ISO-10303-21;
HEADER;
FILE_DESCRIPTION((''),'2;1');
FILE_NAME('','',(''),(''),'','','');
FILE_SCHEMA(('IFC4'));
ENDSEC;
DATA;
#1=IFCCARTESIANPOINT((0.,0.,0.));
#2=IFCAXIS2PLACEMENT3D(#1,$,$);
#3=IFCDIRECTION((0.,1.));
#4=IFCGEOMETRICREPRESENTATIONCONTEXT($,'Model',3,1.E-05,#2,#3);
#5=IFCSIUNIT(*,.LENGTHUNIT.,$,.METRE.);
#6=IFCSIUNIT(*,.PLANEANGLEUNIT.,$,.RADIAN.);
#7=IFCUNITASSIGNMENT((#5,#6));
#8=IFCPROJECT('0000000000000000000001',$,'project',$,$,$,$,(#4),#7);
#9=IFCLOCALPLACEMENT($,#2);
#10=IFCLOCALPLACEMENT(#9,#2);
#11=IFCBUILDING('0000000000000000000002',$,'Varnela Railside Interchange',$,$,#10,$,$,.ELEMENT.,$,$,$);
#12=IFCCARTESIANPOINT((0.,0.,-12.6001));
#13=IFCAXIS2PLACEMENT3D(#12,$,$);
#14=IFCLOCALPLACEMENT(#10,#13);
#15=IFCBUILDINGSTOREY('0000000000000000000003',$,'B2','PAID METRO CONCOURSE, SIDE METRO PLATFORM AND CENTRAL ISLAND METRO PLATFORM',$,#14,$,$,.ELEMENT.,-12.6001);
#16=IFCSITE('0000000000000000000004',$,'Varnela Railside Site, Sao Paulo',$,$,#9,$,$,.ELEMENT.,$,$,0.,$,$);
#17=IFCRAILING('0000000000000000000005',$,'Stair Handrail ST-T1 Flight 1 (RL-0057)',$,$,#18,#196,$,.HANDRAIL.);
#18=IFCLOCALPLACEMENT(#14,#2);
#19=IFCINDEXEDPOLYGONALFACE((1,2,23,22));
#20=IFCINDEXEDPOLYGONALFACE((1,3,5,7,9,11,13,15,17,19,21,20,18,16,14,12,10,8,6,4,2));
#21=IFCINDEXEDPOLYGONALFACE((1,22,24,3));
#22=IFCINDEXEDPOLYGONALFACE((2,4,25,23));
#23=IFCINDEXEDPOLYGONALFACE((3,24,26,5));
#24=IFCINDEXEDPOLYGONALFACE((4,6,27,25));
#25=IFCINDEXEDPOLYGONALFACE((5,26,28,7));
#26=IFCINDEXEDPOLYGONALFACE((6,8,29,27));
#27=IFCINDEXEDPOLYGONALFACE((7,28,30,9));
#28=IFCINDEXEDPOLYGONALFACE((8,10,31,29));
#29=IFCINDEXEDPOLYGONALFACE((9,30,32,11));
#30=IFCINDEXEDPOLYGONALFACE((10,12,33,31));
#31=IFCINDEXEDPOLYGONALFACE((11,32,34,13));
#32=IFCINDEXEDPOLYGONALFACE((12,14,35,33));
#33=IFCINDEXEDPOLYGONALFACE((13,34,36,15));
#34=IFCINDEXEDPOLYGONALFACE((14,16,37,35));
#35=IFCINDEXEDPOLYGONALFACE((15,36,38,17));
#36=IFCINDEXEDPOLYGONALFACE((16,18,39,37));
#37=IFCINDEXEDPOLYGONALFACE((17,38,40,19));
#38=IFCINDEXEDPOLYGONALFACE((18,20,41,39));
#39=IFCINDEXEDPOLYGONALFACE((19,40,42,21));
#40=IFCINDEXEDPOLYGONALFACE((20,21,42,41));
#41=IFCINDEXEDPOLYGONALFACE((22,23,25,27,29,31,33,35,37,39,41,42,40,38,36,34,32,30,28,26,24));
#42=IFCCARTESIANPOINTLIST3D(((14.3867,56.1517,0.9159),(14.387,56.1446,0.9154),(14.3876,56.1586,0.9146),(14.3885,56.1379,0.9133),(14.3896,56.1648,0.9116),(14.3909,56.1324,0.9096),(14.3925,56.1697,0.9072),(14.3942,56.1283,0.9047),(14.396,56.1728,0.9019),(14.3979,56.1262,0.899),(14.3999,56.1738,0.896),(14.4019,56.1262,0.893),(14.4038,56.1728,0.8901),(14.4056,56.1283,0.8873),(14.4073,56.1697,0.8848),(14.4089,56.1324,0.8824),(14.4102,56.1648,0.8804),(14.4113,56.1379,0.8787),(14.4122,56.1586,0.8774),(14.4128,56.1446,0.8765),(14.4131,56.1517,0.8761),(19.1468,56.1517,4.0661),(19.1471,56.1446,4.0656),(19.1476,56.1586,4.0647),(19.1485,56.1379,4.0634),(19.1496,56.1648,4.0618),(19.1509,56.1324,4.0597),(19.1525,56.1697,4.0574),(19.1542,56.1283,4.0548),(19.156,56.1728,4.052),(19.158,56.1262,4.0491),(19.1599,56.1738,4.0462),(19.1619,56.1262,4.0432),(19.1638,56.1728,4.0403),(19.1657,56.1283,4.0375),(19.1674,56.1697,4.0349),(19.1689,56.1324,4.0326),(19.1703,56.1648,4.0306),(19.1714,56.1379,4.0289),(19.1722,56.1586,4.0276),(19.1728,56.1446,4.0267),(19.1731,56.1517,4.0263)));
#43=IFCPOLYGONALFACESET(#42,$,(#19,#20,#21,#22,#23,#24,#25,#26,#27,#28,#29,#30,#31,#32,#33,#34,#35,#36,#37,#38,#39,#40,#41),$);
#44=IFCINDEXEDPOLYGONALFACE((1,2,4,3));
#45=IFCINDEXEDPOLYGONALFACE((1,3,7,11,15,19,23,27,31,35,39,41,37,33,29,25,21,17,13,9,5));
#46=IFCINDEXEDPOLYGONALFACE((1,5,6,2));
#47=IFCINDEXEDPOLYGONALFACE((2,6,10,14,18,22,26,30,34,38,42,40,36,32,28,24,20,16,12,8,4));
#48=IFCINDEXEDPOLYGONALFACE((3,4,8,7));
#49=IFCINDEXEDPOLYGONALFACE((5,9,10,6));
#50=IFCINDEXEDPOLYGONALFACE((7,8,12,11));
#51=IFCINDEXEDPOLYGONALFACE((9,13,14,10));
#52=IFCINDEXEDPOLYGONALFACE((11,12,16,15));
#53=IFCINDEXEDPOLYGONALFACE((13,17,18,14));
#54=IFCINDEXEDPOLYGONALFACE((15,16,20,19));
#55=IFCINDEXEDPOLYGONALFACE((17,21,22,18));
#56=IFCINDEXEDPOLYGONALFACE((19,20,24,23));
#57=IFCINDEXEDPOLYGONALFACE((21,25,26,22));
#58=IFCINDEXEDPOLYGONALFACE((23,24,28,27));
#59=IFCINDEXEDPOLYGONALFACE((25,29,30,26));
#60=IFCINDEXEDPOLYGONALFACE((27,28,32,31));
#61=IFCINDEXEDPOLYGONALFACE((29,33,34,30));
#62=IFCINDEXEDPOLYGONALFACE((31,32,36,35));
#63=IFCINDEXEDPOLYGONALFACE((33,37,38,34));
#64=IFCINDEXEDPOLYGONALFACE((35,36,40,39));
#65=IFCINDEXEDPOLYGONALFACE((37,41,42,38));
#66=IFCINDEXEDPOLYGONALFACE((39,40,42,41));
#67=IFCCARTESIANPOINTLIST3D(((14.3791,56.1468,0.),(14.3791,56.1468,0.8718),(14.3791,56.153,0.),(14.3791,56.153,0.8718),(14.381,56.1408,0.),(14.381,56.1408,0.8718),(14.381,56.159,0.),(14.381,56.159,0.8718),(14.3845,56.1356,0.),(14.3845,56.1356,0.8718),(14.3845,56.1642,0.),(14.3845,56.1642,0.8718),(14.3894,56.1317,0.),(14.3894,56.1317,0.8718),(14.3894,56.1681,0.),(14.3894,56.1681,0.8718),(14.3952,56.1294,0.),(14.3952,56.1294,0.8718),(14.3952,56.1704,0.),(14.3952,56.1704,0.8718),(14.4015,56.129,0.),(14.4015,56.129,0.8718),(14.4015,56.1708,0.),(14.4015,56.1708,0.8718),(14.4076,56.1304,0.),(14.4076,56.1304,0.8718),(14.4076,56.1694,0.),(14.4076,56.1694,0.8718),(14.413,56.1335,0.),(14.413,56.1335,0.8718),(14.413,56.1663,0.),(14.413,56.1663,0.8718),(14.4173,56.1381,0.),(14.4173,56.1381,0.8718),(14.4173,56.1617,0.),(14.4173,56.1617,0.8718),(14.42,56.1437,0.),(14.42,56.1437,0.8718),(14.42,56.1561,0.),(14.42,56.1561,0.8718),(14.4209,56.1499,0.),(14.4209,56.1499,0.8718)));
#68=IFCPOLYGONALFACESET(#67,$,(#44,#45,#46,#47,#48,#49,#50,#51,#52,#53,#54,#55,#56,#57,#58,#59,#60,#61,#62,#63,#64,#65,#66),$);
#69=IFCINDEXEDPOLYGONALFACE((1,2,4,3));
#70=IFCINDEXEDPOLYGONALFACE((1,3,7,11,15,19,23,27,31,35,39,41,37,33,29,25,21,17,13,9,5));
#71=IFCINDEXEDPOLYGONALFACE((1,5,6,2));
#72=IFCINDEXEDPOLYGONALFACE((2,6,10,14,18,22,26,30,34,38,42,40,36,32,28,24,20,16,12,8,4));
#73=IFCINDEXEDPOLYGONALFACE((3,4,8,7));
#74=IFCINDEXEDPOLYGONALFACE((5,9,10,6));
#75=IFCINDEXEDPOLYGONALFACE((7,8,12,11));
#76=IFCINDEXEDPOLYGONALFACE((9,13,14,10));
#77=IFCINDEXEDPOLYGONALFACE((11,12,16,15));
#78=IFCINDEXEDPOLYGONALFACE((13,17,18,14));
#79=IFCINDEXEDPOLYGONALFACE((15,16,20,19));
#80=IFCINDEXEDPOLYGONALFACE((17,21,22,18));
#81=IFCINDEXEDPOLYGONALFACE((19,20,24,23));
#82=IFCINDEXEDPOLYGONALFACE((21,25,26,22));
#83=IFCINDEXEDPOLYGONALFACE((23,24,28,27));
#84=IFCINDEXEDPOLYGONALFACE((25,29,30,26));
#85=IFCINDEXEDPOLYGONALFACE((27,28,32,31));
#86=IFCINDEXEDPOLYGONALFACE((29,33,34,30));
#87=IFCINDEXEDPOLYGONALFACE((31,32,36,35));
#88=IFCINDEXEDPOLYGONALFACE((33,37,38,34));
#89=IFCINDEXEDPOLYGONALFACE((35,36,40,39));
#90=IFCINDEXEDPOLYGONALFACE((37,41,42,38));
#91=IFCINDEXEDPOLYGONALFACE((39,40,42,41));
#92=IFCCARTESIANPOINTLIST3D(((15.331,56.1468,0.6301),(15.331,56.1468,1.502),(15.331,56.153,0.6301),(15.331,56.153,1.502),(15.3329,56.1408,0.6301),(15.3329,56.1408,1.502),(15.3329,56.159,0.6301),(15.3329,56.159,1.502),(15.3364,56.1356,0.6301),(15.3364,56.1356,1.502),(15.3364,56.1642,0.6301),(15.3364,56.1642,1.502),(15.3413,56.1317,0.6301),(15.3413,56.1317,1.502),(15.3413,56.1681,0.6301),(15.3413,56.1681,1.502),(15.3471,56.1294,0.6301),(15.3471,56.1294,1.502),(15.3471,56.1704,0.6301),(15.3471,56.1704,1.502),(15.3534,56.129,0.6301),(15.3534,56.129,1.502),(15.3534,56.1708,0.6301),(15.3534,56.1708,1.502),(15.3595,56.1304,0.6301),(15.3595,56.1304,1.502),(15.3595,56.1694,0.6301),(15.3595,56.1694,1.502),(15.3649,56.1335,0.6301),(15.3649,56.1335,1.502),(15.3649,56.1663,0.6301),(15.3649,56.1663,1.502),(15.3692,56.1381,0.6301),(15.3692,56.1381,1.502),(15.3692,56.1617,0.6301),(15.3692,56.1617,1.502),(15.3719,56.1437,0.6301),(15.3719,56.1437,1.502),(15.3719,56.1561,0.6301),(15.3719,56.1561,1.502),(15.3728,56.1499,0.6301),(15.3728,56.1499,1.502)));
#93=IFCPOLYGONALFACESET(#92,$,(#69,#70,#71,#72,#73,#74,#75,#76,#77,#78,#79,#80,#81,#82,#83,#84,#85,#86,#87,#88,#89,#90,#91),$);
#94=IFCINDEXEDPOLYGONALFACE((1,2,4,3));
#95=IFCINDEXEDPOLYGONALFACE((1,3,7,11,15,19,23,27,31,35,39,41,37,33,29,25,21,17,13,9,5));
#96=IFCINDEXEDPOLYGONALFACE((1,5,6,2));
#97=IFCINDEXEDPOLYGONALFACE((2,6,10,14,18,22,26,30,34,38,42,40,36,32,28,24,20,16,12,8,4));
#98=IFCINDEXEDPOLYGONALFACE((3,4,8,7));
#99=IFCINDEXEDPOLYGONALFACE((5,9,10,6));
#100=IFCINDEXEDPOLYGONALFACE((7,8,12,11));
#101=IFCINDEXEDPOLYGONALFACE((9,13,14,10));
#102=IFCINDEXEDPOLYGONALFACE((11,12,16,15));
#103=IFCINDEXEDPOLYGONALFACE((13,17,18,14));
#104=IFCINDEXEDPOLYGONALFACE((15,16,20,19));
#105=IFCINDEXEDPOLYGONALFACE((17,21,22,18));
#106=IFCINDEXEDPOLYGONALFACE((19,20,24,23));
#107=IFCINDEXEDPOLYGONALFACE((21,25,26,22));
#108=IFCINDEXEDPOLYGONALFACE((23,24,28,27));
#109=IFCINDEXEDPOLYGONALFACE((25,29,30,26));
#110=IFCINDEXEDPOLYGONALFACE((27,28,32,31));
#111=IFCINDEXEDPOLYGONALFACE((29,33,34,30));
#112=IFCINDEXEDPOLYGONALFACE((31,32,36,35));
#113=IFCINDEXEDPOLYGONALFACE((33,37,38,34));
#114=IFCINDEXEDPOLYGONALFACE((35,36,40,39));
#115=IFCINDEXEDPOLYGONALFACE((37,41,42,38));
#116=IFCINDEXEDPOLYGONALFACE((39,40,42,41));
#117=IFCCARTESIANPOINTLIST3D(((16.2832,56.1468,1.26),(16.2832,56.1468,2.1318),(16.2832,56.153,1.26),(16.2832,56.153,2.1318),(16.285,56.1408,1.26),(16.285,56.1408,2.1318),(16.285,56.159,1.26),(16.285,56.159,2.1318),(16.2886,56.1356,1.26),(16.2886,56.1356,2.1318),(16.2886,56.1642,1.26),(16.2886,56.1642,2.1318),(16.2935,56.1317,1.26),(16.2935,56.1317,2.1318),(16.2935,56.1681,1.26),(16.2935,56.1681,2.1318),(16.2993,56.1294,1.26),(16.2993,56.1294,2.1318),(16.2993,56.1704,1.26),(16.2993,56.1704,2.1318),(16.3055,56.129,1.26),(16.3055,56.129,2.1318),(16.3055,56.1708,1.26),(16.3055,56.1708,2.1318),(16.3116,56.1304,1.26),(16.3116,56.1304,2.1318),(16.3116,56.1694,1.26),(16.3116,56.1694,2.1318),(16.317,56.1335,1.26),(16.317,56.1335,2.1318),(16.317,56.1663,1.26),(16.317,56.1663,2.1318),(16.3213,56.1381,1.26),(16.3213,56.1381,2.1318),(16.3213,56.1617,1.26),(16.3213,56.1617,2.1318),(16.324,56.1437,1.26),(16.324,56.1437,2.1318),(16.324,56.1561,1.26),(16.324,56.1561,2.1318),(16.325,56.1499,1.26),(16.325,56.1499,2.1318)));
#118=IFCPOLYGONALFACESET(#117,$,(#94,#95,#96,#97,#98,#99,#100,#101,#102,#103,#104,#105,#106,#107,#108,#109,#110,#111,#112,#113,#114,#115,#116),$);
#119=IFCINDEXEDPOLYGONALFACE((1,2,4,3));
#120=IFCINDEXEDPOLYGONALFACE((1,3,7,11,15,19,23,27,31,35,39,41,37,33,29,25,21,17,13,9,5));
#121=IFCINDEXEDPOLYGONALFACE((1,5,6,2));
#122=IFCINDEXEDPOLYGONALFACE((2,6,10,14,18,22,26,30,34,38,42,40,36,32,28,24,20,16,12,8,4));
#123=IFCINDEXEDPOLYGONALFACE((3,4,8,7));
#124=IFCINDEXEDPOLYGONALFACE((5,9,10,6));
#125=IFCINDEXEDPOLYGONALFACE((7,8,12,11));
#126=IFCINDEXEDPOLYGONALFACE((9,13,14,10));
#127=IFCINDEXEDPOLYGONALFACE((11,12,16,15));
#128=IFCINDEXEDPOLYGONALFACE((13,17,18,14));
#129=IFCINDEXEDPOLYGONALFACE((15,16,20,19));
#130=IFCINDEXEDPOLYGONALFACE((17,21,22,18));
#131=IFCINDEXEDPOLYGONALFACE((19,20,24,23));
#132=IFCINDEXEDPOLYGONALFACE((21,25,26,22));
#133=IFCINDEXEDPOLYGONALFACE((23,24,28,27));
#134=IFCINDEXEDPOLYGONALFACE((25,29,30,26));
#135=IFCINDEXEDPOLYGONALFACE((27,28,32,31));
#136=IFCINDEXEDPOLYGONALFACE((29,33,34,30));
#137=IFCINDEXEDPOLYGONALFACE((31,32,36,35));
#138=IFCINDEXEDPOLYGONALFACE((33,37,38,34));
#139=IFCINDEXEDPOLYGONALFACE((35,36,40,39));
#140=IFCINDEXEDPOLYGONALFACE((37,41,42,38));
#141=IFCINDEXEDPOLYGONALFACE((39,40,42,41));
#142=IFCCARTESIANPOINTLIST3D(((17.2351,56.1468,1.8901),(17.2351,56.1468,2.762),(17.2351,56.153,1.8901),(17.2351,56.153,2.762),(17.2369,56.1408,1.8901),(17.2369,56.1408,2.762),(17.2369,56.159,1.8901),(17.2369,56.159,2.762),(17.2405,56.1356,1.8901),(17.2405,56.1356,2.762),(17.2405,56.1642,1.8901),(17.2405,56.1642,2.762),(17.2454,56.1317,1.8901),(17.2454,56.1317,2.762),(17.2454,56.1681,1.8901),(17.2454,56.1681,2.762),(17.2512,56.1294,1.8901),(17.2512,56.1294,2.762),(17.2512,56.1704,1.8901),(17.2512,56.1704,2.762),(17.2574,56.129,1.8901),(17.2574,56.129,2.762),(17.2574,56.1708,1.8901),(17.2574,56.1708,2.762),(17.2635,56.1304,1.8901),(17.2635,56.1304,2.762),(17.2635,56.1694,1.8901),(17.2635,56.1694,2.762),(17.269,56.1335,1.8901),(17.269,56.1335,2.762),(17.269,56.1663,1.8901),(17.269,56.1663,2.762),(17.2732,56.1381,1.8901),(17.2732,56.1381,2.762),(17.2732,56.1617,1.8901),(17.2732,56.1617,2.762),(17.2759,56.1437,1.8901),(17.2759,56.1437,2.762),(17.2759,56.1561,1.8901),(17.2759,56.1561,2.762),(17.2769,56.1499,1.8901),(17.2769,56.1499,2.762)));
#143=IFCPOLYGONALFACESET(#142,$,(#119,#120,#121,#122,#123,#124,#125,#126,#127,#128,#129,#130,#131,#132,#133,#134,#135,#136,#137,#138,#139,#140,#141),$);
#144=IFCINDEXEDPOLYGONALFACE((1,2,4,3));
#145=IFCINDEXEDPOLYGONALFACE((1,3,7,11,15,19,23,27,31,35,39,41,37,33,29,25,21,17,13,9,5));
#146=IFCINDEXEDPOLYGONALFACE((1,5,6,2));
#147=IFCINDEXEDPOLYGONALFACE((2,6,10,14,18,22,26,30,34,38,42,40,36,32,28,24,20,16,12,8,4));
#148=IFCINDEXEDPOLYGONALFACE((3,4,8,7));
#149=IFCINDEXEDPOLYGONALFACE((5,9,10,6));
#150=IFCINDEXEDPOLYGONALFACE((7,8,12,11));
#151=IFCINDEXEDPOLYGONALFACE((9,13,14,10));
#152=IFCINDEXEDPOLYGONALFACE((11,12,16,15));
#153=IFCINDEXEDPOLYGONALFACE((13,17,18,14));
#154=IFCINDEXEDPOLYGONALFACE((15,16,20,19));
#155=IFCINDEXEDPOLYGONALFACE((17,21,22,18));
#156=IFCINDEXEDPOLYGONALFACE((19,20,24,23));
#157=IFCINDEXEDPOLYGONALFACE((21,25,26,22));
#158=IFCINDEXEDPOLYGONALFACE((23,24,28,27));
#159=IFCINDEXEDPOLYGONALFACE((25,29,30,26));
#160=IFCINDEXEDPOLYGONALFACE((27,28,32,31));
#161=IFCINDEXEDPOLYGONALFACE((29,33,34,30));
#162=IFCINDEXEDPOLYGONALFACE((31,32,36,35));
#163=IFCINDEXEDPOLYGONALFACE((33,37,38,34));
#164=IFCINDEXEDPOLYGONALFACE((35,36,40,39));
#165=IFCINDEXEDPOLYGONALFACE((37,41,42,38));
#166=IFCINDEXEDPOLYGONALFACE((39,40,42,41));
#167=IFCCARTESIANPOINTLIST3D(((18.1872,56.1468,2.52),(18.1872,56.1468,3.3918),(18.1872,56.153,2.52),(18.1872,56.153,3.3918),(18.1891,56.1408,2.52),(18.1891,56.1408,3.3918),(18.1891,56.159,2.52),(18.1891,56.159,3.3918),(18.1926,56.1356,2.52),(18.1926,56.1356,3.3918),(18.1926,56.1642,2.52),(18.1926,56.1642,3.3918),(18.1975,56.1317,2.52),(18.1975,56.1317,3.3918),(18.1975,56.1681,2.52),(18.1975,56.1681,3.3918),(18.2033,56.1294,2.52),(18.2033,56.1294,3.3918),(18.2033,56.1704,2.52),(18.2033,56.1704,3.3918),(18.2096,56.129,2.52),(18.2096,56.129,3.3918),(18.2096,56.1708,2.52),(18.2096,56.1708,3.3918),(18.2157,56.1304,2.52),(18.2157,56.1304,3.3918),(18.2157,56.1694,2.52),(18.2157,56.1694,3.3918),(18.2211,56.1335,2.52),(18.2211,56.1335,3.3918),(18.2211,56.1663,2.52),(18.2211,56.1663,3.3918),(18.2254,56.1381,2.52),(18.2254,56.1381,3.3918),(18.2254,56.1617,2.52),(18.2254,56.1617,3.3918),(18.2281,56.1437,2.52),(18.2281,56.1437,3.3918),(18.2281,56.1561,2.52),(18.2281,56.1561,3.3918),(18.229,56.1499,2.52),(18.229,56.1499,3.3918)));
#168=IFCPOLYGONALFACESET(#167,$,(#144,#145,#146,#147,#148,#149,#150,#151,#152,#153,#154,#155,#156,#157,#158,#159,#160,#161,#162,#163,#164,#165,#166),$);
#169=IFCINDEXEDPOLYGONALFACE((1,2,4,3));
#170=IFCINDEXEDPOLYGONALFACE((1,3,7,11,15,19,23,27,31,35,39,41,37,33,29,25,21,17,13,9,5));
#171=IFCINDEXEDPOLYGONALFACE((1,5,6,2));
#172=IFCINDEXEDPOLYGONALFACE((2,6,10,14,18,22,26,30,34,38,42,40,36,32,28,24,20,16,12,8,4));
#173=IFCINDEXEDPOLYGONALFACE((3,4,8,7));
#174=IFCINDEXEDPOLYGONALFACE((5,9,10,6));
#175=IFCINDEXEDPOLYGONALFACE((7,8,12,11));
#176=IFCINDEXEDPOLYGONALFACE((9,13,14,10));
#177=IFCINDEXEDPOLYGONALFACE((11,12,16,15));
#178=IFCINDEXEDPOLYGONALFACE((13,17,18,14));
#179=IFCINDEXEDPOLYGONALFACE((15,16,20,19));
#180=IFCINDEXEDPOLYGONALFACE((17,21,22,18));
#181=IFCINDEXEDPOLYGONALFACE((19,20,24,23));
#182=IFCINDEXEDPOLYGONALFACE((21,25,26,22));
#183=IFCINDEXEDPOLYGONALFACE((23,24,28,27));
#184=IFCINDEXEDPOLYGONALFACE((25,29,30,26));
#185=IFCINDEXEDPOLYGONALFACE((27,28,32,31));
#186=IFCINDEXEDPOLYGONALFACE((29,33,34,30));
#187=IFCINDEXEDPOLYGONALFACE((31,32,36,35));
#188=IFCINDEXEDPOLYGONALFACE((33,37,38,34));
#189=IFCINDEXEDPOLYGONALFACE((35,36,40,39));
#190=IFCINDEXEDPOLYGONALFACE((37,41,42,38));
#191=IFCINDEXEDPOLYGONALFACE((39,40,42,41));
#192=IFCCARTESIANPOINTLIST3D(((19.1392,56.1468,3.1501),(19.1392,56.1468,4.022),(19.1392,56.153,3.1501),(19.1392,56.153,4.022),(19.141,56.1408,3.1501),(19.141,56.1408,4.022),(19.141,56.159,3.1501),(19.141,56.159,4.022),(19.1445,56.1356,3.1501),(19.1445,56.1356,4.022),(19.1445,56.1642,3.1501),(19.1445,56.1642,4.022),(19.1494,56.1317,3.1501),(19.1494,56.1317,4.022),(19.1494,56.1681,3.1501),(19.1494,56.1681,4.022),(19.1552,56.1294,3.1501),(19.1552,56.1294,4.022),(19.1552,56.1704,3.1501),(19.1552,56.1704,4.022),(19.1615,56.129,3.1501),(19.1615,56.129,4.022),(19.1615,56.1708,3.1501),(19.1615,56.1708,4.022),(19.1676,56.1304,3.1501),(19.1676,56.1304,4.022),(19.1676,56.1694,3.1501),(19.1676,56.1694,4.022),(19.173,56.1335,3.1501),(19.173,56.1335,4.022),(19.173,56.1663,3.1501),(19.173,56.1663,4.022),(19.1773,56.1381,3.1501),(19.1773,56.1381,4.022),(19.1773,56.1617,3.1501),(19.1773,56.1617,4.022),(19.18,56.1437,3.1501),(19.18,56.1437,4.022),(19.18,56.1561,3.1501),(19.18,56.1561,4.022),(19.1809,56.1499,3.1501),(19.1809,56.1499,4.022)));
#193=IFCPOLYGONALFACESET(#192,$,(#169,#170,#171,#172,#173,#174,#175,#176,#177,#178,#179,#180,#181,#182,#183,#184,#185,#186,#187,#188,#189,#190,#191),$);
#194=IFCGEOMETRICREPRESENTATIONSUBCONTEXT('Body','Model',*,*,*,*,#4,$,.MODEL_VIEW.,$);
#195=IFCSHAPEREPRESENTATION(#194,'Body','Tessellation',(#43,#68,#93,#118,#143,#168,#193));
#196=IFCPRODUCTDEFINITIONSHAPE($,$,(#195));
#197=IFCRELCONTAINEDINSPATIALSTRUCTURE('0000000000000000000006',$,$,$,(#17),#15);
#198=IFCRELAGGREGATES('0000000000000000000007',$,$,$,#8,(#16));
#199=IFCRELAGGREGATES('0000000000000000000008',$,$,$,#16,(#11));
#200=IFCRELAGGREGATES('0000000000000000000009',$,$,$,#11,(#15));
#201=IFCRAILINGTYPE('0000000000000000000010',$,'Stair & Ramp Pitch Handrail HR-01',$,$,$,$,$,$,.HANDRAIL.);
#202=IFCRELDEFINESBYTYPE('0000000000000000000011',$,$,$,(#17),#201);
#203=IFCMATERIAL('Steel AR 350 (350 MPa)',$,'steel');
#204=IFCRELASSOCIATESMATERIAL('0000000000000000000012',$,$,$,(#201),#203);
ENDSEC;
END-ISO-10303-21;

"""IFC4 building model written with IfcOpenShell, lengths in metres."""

from ifc_helpers import new_model, si_unit, direction, frame, origin, origin_2d, place, context, subcontext, project, spatial, circle, extrude, material, type_object, element, save


model = new_model("IFC4")

# Units and contexts
model_context = context("Model", 3, precision=1e-05, world=origin(), true_north=direction((0.0, 1.0)))
body_context = subcontext(model_context, "Body", "Model", "MODEL_VIEW")
ifc_project = project(units=[si_unit("LENGTHUNIT", "METRE"), si_unit("PLANEANGLEUNIT", "RADIAN")], contexts=[model_context])

# Site, building, storey
site_placement = place(None, origin())
site = spatial("IfcSite", under=ifc_project, at=site_placement, Name="Varnela Railside Site, Sao Paulo", CompositionType="ELEMENT", RefElevation=0.0)
building_placement = place(site_placement, origin())
building = spatial("IfcBuilding", under=site, at=building_placement, Name="Varnela Railside Interchange", CompositionType="ELEMENT")
storey_placement = place(building_placement, frame((0.0, 0.0, -12.6001)))
storey = spatial("IfcBuildingStorey", under=building, at=storey_placement, Name="B2", Description="PAID METRO CONCOURSE, SIDE METRO PLATFORM AND CENTRAL ISLAND METRO PLATFORM", CompositionType="ELEMENT", Elevation=-12.6001)

# Shared definitions
ifc_material_1 = material(Name="Steel AR 350 (350 MPa)", Category="steel")

# Railing
railing_type_1 = type_object("IfcRailingType", Name="Stair & Ramp Pitch Handrail HR-01", PredefinedType="HANDRAIL", material=ifc_material_1)
for number, where, name in (
    (1, (14.3999, 56.1499, 0.0), "Stair Handrail ST-T1 Flight 1 (RL-0057)"),
):
    element("IfcRailing", number, at=place(storey_placement, frame(where)), inside=storey, type_object=railing_type_1, Name=name, PredefinedType="HANDRAIL", context=body_context, shape_type="SweptSolid", body=[
        extrude(circle(Radius=0.0239, at=origin_2d()), frame((0.0, 0.0, 0.896), z_axis=(0.833921, 0.0, 0.551884), x_axis=(0.0, 1.0, 0.0)), (0.0, 0.0, 1.0), 5.708),
        extrude(circle(Radius=0.021, at=origin_2d()), origin(), (0.0, 0.0, 1.0), 0.8718),
        extrude(circle(Radius=0.021, at=origin_2d()), frame((0.9519, 0.0, 0.6301)), (0.0, 0.0, 1.0), 0.8718),
        extrude(circle(Radius=0.021, at=origin_2d()), frame((1.9041, 0.0, 1.26)), (0.0, 0.0, 1.0), 0.8718),
        extrude(circle(Radius=0.021, at=origin_2d()), frame((2.856, 0.0, 1.8901)), (0.0, 0.0, 1.0), 0.8718),
        extrude(circle(Radius=0.021, at=origin_2d()), frame((3.8081, 0.0, 2.52)), (0.0, 0.0, 1.0), 0.8718),
        extrude(circle(Radius=0.021, at=origin_2d()), frame((4.76, 0.0, 3.1501)), (0.0, 0.0, 1.0), 0.8718),
    ])

save(model, "model.ifc")
